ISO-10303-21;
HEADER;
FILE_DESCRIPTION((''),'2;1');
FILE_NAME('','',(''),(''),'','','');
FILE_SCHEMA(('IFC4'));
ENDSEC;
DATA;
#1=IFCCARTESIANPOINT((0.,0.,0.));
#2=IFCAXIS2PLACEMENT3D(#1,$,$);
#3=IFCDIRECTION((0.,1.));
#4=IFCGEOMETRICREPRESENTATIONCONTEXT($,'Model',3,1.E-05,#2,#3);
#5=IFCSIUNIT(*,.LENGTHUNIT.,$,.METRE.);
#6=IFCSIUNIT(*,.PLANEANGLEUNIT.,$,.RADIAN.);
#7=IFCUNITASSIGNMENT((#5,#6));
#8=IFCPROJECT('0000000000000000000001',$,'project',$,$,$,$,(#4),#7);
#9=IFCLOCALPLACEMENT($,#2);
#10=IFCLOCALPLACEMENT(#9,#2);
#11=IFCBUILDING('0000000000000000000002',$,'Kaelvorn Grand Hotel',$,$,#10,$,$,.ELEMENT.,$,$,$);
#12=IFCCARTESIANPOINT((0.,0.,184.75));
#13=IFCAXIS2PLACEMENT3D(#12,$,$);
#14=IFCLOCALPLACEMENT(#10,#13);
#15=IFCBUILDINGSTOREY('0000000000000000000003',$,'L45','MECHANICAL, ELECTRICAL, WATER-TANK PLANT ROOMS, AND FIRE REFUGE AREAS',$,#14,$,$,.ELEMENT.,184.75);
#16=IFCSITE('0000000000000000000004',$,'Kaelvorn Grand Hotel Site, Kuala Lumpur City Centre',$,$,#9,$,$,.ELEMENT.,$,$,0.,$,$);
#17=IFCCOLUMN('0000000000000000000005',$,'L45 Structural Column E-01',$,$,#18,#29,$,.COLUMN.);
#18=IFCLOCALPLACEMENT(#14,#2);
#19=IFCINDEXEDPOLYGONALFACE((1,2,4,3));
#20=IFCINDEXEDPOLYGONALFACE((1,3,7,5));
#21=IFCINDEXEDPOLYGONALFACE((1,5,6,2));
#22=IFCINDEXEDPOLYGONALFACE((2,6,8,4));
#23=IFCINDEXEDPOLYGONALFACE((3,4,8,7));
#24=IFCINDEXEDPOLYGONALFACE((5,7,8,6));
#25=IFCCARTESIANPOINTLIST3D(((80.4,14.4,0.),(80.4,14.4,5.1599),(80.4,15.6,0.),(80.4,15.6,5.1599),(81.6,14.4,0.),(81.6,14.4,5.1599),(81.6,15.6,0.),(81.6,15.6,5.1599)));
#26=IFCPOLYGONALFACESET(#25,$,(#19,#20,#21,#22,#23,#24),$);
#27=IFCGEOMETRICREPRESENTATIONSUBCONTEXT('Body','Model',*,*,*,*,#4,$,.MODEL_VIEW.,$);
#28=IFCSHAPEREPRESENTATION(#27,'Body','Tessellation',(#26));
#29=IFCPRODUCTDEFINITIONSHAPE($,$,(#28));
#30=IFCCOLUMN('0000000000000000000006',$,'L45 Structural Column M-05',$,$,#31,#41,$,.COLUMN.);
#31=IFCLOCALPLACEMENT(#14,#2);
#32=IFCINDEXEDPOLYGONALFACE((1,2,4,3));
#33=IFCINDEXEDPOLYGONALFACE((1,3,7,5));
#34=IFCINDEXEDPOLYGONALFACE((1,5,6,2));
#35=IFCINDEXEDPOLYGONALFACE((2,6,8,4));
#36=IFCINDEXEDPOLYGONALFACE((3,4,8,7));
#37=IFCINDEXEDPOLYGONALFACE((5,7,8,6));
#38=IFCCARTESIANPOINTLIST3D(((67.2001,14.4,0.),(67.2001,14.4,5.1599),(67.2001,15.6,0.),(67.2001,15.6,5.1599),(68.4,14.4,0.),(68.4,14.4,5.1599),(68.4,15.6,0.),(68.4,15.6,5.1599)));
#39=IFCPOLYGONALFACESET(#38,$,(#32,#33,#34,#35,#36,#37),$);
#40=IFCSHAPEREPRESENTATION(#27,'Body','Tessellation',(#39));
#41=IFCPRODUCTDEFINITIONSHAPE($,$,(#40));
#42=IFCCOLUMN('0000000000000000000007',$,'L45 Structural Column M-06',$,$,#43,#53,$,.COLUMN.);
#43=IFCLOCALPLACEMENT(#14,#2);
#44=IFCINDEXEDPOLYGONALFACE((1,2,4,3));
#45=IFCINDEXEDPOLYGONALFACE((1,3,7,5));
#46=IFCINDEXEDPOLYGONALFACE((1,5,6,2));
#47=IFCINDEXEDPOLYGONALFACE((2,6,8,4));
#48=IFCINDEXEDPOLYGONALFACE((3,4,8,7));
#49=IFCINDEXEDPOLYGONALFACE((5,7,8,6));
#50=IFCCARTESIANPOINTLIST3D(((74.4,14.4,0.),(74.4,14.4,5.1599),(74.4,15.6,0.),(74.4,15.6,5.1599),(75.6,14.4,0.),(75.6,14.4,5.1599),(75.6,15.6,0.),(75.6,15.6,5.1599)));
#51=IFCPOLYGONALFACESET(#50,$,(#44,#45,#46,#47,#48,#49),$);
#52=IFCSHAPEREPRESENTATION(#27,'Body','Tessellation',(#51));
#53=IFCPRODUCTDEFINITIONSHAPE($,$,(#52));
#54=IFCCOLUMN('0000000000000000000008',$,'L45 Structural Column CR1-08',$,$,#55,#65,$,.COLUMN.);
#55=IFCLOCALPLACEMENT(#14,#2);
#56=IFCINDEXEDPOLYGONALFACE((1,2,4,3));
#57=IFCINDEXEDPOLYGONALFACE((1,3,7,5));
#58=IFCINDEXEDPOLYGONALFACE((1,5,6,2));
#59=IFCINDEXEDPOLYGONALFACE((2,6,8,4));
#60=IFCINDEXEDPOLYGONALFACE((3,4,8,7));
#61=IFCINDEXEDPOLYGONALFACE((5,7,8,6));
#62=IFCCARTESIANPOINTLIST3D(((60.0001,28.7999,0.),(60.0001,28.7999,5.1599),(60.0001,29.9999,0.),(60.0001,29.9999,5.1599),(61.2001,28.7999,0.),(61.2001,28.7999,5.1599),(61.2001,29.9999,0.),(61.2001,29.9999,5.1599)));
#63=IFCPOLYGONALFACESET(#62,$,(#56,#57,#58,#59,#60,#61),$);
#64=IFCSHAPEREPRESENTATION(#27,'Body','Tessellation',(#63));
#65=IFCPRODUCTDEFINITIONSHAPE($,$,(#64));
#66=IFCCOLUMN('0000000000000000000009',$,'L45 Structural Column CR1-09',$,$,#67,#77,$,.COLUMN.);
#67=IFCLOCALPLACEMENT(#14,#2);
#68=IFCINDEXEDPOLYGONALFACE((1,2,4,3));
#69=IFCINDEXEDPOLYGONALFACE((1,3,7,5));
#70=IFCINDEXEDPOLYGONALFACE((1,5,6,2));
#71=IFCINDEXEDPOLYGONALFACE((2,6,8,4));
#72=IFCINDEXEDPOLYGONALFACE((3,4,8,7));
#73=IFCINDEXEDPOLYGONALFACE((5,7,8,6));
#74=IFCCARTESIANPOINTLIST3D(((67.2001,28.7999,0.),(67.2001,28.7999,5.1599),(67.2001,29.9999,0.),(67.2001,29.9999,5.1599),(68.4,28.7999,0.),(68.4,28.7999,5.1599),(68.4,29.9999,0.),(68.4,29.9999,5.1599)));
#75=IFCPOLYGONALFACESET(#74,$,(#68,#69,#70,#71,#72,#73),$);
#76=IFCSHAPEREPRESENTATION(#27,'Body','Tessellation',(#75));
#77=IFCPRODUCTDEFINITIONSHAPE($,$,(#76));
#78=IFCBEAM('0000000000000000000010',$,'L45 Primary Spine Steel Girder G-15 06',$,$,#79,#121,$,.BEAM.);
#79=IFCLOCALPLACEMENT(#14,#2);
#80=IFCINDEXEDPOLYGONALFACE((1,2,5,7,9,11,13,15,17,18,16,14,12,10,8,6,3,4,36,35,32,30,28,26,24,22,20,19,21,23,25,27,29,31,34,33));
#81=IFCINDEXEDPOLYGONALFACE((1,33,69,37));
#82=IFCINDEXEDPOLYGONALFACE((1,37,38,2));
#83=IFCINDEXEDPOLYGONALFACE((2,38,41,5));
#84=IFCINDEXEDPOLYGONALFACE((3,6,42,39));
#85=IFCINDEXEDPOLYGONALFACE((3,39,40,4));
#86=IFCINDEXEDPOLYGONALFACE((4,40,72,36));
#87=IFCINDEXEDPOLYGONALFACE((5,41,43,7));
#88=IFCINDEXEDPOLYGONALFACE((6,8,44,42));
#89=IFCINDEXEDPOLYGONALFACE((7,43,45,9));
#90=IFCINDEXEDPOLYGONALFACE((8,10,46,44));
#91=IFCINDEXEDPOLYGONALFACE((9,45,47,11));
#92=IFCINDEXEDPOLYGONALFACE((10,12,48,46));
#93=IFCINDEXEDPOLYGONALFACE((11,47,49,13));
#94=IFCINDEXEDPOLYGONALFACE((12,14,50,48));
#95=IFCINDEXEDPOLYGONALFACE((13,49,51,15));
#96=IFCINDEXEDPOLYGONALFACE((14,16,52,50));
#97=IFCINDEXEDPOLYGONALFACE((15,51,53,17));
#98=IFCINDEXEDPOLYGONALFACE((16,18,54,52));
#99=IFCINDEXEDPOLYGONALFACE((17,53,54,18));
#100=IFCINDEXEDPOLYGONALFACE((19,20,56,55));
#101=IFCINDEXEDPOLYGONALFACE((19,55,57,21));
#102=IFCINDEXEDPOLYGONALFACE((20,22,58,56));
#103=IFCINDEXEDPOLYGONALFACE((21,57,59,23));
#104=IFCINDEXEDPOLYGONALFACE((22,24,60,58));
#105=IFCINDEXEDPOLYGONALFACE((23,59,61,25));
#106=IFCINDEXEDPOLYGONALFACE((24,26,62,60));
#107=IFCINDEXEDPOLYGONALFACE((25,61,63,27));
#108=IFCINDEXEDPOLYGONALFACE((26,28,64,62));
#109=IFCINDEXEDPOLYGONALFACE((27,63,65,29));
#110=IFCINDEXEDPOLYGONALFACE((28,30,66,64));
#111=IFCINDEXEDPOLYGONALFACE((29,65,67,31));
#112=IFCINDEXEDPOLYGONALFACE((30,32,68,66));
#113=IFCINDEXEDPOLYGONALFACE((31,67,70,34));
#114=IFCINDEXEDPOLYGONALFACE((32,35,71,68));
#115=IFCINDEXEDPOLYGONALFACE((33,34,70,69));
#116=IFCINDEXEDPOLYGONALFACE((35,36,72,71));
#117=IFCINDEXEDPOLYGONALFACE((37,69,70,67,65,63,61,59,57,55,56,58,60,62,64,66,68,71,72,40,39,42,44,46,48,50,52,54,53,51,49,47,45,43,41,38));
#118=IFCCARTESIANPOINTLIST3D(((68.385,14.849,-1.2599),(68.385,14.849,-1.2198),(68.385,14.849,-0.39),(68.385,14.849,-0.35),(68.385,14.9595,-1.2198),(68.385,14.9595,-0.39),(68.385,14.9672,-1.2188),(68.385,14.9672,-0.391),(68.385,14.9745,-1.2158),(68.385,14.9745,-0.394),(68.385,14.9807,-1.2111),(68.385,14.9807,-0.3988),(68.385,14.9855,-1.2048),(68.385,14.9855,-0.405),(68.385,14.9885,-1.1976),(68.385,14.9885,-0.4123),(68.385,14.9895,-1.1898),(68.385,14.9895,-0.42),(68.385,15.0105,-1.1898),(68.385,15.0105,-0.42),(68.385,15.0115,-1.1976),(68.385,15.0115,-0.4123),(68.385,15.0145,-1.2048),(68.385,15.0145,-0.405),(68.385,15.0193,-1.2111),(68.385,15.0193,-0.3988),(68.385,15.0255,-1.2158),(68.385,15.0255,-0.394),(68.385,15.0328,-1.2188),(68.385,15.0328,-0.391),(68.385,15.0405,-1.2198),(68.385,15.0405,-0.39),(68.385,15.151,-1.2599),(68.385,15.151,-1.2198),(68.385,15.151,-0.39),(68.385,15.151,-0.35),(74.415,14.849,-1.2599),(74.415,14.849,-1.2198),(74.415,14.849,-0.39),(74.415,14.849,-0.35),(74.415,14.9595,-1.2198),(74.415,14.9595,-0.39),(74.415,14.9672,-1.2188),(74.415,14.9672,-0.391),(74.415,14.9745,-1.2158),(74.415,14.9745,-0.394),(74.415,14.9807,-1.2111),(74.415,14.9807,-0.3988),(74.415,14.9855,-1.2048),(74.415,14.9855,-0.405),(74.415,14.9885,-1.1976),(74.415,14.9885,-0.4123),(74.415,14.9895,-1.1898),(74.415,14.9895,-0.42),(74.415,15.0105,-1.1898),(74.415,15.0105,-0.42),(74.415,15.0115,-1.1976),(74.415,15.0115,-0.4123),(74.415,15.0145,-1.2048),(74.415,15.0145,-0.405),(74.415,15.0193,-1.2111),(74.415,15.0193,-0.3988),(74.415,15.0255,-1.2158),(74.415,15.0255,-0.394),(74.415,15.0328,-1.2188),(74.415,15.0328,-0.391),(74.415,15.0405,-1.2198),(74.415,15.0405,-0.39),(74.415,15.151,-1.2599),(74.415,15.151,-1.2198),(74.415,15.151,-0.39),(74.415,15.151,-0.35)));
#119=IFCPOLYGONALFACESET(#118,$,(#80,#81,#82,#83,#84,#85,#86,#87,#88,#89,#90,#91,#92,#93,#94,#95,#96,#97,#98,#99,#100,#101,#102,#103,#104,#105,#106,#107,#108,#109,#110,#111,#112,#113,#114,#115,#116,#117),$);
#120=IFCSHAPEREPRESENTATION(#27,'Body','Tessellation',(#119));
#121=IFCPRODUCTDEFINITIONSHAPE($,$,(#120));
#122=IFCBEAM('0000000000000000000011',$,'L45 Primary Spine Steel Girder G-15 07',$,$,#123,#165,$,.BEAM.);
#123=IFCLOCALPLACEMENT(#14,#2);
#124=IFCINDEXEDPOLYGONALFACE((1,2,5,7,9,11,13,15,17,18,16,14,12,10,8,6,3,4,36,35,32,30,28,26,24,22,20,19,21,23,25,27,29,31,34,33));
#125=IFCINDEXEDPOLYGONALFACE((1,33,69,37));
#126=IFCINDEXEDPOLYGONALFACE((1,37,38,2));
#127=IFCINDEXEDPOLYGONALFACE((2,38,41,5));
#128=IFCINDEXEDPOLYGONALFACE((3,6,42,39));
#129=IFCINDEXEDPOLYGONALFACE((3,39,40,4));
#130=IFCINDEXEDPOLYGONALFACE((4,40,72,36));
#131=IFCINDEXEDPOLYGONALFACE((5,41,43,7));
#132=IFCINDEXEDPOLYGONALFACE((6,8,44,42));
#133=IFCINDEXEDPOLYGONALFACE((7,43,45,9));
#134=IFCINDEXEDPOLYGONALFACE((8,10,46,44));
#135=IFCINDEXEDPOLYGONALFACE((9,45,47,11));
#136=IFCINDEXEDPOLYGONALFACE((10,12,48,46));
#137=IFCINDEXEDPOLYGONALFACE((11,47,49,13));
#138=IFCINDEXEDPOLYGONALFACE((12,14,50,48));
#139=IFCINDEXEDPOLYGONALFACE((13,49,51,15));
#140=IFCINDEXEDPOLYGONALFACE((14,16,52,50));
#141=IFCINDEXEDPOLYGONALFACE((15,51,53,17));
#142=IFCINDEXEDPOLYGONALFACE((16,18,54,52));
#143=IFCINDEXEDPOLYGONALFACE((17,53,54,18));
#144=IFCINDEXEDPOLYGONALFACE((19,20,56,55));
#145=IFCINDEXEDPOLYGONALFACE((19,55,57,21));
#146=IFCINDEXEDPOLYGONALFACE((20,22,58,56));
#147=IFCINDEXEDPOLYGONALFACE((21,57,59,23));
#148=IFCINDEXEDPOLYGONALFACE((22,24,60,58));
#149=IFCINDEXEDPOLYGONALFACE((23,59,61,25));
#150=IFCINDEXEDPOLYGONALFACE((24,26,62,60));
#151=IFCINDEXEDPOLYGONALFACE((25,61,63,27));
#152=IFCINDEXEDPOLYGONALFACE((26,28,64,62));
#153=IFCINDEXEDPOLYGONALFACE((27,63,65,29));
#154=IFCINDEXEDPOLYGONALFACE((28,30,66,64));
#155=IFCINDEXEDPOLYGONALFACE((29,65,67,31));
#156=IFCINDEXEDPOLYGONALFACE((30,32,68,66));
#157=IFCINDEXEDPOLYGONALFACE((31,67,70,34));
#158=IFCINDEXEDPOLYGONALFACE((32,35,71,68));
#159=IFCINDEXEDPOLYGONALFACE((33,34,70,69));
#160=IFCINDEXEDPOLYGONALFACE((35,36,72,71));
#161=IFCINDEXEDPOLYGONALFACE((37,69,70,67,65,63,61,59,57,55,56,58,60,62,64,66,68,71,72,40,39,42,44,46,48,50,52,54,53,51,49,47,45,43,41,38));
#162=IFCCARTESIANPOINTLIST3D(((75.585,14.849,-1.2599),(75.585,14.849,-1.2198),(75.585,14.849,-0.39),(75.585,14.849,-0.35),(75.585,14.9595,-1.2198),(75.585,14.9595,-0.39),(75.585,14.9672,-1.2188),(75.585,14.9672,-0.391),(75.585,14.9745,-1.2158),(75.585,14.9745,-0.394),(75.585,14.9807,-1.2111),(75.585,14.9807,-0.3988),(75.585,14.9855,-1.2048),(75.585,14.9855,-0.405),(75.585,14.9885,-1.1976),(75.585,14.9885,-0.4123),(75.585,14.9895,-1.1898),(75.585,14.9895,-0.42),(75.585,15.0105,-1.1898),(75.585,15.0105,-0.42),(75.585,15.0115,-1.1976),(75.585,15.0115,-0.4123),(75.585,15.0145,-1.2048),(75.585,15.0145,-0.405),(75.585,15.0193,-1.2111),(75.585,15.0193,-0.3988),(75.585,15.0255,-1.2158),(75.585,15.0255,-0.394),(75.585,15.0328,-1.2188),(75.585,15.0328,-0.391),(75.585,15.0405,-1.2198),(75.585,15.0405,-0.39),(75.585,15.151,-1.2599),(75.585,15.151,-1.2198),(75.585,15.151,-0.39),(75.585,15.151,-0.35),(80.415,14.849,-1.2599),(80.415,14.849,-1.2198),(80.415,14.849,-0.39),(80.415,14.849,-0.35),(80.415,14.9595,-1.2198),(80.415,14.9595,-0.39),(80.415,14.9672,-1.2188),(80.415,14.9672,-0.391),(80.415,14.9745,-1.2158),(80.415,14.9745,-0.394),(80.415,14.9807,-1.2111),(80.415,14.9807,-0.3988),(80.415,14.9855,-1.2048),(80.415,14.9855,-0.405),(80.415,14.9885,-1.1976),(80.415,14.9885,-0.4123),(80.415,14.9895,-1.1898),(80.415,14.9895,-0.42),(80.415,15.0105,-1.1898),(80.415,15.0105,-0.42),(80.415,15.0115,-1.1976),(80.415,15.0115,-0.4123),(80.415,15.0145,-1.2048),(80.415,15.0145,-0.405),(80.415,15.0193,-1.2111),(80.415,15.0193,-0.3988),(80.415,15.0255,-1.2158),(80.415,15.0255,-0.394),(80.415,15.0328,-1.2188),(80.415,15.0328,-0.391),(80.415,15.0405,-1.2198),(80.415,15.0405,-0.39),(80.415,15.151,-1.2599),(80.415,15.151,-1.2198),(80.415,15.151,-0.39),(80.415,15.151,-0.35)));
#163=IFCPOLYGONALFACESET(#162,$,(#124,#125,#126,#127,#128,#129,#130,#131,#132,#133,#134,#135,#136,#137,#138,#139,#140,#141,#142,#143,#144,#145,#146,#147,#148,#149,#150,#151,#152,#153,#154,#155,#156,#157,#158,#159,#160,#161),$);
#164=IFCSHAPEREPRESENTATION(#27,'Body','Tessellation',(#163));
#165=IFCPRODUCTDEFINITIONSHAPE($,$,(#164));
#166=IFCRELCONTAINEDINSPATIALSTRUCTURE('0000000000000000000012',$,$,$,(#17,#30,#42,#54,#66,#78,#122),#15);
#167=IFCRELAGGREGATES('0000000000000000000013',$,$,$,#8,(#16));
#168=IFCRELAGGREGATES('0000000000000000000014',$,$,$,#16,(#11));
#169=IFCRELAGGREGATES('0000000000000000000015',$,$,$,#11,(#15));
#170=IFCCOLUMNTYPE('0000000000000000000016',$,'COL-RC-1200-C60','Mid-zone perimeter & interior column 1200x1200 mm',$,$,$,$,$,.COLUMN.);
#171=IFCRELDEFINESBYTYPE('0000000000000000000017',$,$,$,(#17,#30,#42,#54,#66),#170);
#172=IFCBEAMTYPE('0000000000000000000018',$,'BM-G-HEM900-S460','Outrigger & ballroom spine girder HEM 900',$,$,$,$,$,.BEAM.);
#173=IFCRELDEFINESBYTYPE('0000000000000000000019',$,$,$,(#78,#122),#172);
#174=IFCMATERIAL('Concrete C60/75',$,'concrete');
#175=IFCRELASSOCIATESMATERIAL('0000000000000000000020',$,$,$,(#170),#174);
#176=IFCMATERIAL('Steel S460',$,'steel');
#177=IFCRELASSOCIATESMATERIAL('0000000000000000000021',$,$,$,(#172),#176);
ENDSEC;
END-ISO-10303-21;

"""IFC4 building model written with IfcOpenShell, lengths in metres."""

from ifc_helpers import new_model, si_unit, direction, frame, origin, origin_2d, place, context, subcontext, project, spatial, rectangle, i_section, extrude, material, material_profile, profile_set, type_object, element, save


model = new_model("IFC4")

# Units and contexts
model_context = context("Model", 3, precision=1e-05, world=origin(), true_north=direction((0.0, 1.0)))
body_context = subcontext(model_context, "Body", "Model", "MODEL_VIEW")
ifc_project = project(units=[si_unit("LENGTHUNIT", "METRE"), si_unit("PLANEANGLEUNIT", "RADIAN")], contexts=[model_context])

# Site, building, storey
site_placement = place(None, origin())
site = spatial("IfcSite", under=ifc_project, at=site_placement, Name="Kaelvorn Grand Hotel Site, Kuala Lumpur City Centre", CompositionType="ELEMENT", RefElevation=0.0)
building_placement = place(site_placement, origin())
building = spatial("IfcBuilding", under=site, at=building_placement, Name="Kaelvorn Grand Hotel", CompositionType="ELEMENT")
storey_placement = place(building_placement, frame((0.0, 0.0, 184.75)))
storey = spatial("IfcBuildingStorey", under=building, at=storey_placement, Name="L45", Description="MECHANICAL, ELECTRICAL, WATER-TANK PLANT ROOMS, AND FIRE REFUGE AREAS", CompositionType="ELEMENT", Elevation=184.75)

# Columns
ifc_material_1 = material(Name="Concrete C60/75", Category="concrete")
ifc_material_profile_1 = material_profile(ifc_material_1, rectangle(XDim=1.2, YDim=1.2, at=origin_2d()), Name="RC COL 1200x1200")
ifc_profile_set_1 = profile_set([ifc_material_profile_1], Name="Concrete C60/75")
column_type = type_object("IfcColumnType", Name="COL-RC-1200-C60", Description="Mid-zone perimeter & interior column 1200x1200 mm", PredefinedType="COLUMN", material=ifc_profile_set_1)
for number, where, z_axis, x_axis, name in (
    (1, (81.0, 15.0, 0.0), (0.0, 0.0, 1.0), (1.0, 0.0, 0.0), "L45 Structural Column E-01"),
    (2, (67.8, 15.0, 0.0), (0.0, 0.0, 1.0), (1.0, 0.0, 0.0), "L45 Structural Column M-05"),
    (3, (75.0, 15.0, 0.0), (0.0, 0.0, 1.0), (1.0, 0.0, 0.0), "L45 Structural Column M-06"),
    (4, (60.6001, 29.3999, 0.0), (0.0, 0.0, 1.0), (1.0, 0.0, 0.0), "L45 Structural Column CR1-08"),
    (5, (67.8, 29.3999, 0.0), (0.0, 0.0, 1.0), (1.0, 0.0, 0.0), "L45 Structural Column CR1-09"),
):
    element("IfcColumn", number, at=place(storey_placement, frame(where, z_axis=z_axis, x_axis=x_axis)), inside=storey, type_object=column_type, Name=name, PredefinedType="COLUMN", context=body_context, shape_type="SweptSolid", body=[
        extrude(rectangle(XDim=1.2, YDim=1.2, at=origin_2d()), origin(), (0.0, 0.0, 1.0), 5.1599),
    ])

# Beams
ifc_material_2 = material(Name="Steel S460", Category="steel")
ifc_material_profile_2 = material_profile(ifc_material_2, i_section(OverallWidth=0.302, OverallDepth=0.9099, WebThickness=0.021, FlangeThickness=0.04, FilletRadius=0.03, at=origin_2d()), Name="HEM 900")
ifc_profile_set_2 = profile_set([ifc_material_profile_2], Name="Steel S460")
beam_type_1 = type_object("IfcBeamType", Name="BM-G-HEM900-S460", Description="Outrigger & ballroom spine girder HEM 900", PredefinedType="BEAM", material=ifc_profile_set_2)
beam_1_placement = place(storey_placement, frame((68.385, 15.0, -0.8049), z_axis=(1.0, 0.0, 0.0), x_axis=(0.0, 1.0, 0.0)))
element("IfcBeam", 6, at=beam_1_placement, inside=storey, type_object=beam_type_1, Name="L45 Primary Spine Steel Girder G-15 06", PredefinedType="BEAM", context=body_context, shape_type="SweptSolid", body=[
    extrude(i_section(OverallWidth=0.302, OverallDepth=0.9099, WebThickness=0.021, FlangeThickness=0.04, FilletRadius=0.03, at=origin_2d()), origin(), (0.0, 0.0, 1.0), 6.03),
])
beam_2_placement = place(storey_placement, frame((75.585, 15.0, -0.8049), z_axis=(1.0, 0.0, 0.0), x_axis=(0.0, 1.0, 0.0)))
element("IfcBeam", 7, at=beam_2_placement, inside=storey, type_object=beam_type_1, Name="L45 Primary Spine Steel Girder G-15 07", PredefinedType="BEAM", context=body_context, shape_type="SweptSolid", body=[
    extrude(i_section(OverallWidth=0.302, OverallDepth=0.9099, WebThickness=0.021, FlangeThickness=0.04, FilletRadius=0.03, at=origin_2d()), origin(), (0.0, 0.0, 1.0), 4.8301),
])

save(model, "model.ifc")
